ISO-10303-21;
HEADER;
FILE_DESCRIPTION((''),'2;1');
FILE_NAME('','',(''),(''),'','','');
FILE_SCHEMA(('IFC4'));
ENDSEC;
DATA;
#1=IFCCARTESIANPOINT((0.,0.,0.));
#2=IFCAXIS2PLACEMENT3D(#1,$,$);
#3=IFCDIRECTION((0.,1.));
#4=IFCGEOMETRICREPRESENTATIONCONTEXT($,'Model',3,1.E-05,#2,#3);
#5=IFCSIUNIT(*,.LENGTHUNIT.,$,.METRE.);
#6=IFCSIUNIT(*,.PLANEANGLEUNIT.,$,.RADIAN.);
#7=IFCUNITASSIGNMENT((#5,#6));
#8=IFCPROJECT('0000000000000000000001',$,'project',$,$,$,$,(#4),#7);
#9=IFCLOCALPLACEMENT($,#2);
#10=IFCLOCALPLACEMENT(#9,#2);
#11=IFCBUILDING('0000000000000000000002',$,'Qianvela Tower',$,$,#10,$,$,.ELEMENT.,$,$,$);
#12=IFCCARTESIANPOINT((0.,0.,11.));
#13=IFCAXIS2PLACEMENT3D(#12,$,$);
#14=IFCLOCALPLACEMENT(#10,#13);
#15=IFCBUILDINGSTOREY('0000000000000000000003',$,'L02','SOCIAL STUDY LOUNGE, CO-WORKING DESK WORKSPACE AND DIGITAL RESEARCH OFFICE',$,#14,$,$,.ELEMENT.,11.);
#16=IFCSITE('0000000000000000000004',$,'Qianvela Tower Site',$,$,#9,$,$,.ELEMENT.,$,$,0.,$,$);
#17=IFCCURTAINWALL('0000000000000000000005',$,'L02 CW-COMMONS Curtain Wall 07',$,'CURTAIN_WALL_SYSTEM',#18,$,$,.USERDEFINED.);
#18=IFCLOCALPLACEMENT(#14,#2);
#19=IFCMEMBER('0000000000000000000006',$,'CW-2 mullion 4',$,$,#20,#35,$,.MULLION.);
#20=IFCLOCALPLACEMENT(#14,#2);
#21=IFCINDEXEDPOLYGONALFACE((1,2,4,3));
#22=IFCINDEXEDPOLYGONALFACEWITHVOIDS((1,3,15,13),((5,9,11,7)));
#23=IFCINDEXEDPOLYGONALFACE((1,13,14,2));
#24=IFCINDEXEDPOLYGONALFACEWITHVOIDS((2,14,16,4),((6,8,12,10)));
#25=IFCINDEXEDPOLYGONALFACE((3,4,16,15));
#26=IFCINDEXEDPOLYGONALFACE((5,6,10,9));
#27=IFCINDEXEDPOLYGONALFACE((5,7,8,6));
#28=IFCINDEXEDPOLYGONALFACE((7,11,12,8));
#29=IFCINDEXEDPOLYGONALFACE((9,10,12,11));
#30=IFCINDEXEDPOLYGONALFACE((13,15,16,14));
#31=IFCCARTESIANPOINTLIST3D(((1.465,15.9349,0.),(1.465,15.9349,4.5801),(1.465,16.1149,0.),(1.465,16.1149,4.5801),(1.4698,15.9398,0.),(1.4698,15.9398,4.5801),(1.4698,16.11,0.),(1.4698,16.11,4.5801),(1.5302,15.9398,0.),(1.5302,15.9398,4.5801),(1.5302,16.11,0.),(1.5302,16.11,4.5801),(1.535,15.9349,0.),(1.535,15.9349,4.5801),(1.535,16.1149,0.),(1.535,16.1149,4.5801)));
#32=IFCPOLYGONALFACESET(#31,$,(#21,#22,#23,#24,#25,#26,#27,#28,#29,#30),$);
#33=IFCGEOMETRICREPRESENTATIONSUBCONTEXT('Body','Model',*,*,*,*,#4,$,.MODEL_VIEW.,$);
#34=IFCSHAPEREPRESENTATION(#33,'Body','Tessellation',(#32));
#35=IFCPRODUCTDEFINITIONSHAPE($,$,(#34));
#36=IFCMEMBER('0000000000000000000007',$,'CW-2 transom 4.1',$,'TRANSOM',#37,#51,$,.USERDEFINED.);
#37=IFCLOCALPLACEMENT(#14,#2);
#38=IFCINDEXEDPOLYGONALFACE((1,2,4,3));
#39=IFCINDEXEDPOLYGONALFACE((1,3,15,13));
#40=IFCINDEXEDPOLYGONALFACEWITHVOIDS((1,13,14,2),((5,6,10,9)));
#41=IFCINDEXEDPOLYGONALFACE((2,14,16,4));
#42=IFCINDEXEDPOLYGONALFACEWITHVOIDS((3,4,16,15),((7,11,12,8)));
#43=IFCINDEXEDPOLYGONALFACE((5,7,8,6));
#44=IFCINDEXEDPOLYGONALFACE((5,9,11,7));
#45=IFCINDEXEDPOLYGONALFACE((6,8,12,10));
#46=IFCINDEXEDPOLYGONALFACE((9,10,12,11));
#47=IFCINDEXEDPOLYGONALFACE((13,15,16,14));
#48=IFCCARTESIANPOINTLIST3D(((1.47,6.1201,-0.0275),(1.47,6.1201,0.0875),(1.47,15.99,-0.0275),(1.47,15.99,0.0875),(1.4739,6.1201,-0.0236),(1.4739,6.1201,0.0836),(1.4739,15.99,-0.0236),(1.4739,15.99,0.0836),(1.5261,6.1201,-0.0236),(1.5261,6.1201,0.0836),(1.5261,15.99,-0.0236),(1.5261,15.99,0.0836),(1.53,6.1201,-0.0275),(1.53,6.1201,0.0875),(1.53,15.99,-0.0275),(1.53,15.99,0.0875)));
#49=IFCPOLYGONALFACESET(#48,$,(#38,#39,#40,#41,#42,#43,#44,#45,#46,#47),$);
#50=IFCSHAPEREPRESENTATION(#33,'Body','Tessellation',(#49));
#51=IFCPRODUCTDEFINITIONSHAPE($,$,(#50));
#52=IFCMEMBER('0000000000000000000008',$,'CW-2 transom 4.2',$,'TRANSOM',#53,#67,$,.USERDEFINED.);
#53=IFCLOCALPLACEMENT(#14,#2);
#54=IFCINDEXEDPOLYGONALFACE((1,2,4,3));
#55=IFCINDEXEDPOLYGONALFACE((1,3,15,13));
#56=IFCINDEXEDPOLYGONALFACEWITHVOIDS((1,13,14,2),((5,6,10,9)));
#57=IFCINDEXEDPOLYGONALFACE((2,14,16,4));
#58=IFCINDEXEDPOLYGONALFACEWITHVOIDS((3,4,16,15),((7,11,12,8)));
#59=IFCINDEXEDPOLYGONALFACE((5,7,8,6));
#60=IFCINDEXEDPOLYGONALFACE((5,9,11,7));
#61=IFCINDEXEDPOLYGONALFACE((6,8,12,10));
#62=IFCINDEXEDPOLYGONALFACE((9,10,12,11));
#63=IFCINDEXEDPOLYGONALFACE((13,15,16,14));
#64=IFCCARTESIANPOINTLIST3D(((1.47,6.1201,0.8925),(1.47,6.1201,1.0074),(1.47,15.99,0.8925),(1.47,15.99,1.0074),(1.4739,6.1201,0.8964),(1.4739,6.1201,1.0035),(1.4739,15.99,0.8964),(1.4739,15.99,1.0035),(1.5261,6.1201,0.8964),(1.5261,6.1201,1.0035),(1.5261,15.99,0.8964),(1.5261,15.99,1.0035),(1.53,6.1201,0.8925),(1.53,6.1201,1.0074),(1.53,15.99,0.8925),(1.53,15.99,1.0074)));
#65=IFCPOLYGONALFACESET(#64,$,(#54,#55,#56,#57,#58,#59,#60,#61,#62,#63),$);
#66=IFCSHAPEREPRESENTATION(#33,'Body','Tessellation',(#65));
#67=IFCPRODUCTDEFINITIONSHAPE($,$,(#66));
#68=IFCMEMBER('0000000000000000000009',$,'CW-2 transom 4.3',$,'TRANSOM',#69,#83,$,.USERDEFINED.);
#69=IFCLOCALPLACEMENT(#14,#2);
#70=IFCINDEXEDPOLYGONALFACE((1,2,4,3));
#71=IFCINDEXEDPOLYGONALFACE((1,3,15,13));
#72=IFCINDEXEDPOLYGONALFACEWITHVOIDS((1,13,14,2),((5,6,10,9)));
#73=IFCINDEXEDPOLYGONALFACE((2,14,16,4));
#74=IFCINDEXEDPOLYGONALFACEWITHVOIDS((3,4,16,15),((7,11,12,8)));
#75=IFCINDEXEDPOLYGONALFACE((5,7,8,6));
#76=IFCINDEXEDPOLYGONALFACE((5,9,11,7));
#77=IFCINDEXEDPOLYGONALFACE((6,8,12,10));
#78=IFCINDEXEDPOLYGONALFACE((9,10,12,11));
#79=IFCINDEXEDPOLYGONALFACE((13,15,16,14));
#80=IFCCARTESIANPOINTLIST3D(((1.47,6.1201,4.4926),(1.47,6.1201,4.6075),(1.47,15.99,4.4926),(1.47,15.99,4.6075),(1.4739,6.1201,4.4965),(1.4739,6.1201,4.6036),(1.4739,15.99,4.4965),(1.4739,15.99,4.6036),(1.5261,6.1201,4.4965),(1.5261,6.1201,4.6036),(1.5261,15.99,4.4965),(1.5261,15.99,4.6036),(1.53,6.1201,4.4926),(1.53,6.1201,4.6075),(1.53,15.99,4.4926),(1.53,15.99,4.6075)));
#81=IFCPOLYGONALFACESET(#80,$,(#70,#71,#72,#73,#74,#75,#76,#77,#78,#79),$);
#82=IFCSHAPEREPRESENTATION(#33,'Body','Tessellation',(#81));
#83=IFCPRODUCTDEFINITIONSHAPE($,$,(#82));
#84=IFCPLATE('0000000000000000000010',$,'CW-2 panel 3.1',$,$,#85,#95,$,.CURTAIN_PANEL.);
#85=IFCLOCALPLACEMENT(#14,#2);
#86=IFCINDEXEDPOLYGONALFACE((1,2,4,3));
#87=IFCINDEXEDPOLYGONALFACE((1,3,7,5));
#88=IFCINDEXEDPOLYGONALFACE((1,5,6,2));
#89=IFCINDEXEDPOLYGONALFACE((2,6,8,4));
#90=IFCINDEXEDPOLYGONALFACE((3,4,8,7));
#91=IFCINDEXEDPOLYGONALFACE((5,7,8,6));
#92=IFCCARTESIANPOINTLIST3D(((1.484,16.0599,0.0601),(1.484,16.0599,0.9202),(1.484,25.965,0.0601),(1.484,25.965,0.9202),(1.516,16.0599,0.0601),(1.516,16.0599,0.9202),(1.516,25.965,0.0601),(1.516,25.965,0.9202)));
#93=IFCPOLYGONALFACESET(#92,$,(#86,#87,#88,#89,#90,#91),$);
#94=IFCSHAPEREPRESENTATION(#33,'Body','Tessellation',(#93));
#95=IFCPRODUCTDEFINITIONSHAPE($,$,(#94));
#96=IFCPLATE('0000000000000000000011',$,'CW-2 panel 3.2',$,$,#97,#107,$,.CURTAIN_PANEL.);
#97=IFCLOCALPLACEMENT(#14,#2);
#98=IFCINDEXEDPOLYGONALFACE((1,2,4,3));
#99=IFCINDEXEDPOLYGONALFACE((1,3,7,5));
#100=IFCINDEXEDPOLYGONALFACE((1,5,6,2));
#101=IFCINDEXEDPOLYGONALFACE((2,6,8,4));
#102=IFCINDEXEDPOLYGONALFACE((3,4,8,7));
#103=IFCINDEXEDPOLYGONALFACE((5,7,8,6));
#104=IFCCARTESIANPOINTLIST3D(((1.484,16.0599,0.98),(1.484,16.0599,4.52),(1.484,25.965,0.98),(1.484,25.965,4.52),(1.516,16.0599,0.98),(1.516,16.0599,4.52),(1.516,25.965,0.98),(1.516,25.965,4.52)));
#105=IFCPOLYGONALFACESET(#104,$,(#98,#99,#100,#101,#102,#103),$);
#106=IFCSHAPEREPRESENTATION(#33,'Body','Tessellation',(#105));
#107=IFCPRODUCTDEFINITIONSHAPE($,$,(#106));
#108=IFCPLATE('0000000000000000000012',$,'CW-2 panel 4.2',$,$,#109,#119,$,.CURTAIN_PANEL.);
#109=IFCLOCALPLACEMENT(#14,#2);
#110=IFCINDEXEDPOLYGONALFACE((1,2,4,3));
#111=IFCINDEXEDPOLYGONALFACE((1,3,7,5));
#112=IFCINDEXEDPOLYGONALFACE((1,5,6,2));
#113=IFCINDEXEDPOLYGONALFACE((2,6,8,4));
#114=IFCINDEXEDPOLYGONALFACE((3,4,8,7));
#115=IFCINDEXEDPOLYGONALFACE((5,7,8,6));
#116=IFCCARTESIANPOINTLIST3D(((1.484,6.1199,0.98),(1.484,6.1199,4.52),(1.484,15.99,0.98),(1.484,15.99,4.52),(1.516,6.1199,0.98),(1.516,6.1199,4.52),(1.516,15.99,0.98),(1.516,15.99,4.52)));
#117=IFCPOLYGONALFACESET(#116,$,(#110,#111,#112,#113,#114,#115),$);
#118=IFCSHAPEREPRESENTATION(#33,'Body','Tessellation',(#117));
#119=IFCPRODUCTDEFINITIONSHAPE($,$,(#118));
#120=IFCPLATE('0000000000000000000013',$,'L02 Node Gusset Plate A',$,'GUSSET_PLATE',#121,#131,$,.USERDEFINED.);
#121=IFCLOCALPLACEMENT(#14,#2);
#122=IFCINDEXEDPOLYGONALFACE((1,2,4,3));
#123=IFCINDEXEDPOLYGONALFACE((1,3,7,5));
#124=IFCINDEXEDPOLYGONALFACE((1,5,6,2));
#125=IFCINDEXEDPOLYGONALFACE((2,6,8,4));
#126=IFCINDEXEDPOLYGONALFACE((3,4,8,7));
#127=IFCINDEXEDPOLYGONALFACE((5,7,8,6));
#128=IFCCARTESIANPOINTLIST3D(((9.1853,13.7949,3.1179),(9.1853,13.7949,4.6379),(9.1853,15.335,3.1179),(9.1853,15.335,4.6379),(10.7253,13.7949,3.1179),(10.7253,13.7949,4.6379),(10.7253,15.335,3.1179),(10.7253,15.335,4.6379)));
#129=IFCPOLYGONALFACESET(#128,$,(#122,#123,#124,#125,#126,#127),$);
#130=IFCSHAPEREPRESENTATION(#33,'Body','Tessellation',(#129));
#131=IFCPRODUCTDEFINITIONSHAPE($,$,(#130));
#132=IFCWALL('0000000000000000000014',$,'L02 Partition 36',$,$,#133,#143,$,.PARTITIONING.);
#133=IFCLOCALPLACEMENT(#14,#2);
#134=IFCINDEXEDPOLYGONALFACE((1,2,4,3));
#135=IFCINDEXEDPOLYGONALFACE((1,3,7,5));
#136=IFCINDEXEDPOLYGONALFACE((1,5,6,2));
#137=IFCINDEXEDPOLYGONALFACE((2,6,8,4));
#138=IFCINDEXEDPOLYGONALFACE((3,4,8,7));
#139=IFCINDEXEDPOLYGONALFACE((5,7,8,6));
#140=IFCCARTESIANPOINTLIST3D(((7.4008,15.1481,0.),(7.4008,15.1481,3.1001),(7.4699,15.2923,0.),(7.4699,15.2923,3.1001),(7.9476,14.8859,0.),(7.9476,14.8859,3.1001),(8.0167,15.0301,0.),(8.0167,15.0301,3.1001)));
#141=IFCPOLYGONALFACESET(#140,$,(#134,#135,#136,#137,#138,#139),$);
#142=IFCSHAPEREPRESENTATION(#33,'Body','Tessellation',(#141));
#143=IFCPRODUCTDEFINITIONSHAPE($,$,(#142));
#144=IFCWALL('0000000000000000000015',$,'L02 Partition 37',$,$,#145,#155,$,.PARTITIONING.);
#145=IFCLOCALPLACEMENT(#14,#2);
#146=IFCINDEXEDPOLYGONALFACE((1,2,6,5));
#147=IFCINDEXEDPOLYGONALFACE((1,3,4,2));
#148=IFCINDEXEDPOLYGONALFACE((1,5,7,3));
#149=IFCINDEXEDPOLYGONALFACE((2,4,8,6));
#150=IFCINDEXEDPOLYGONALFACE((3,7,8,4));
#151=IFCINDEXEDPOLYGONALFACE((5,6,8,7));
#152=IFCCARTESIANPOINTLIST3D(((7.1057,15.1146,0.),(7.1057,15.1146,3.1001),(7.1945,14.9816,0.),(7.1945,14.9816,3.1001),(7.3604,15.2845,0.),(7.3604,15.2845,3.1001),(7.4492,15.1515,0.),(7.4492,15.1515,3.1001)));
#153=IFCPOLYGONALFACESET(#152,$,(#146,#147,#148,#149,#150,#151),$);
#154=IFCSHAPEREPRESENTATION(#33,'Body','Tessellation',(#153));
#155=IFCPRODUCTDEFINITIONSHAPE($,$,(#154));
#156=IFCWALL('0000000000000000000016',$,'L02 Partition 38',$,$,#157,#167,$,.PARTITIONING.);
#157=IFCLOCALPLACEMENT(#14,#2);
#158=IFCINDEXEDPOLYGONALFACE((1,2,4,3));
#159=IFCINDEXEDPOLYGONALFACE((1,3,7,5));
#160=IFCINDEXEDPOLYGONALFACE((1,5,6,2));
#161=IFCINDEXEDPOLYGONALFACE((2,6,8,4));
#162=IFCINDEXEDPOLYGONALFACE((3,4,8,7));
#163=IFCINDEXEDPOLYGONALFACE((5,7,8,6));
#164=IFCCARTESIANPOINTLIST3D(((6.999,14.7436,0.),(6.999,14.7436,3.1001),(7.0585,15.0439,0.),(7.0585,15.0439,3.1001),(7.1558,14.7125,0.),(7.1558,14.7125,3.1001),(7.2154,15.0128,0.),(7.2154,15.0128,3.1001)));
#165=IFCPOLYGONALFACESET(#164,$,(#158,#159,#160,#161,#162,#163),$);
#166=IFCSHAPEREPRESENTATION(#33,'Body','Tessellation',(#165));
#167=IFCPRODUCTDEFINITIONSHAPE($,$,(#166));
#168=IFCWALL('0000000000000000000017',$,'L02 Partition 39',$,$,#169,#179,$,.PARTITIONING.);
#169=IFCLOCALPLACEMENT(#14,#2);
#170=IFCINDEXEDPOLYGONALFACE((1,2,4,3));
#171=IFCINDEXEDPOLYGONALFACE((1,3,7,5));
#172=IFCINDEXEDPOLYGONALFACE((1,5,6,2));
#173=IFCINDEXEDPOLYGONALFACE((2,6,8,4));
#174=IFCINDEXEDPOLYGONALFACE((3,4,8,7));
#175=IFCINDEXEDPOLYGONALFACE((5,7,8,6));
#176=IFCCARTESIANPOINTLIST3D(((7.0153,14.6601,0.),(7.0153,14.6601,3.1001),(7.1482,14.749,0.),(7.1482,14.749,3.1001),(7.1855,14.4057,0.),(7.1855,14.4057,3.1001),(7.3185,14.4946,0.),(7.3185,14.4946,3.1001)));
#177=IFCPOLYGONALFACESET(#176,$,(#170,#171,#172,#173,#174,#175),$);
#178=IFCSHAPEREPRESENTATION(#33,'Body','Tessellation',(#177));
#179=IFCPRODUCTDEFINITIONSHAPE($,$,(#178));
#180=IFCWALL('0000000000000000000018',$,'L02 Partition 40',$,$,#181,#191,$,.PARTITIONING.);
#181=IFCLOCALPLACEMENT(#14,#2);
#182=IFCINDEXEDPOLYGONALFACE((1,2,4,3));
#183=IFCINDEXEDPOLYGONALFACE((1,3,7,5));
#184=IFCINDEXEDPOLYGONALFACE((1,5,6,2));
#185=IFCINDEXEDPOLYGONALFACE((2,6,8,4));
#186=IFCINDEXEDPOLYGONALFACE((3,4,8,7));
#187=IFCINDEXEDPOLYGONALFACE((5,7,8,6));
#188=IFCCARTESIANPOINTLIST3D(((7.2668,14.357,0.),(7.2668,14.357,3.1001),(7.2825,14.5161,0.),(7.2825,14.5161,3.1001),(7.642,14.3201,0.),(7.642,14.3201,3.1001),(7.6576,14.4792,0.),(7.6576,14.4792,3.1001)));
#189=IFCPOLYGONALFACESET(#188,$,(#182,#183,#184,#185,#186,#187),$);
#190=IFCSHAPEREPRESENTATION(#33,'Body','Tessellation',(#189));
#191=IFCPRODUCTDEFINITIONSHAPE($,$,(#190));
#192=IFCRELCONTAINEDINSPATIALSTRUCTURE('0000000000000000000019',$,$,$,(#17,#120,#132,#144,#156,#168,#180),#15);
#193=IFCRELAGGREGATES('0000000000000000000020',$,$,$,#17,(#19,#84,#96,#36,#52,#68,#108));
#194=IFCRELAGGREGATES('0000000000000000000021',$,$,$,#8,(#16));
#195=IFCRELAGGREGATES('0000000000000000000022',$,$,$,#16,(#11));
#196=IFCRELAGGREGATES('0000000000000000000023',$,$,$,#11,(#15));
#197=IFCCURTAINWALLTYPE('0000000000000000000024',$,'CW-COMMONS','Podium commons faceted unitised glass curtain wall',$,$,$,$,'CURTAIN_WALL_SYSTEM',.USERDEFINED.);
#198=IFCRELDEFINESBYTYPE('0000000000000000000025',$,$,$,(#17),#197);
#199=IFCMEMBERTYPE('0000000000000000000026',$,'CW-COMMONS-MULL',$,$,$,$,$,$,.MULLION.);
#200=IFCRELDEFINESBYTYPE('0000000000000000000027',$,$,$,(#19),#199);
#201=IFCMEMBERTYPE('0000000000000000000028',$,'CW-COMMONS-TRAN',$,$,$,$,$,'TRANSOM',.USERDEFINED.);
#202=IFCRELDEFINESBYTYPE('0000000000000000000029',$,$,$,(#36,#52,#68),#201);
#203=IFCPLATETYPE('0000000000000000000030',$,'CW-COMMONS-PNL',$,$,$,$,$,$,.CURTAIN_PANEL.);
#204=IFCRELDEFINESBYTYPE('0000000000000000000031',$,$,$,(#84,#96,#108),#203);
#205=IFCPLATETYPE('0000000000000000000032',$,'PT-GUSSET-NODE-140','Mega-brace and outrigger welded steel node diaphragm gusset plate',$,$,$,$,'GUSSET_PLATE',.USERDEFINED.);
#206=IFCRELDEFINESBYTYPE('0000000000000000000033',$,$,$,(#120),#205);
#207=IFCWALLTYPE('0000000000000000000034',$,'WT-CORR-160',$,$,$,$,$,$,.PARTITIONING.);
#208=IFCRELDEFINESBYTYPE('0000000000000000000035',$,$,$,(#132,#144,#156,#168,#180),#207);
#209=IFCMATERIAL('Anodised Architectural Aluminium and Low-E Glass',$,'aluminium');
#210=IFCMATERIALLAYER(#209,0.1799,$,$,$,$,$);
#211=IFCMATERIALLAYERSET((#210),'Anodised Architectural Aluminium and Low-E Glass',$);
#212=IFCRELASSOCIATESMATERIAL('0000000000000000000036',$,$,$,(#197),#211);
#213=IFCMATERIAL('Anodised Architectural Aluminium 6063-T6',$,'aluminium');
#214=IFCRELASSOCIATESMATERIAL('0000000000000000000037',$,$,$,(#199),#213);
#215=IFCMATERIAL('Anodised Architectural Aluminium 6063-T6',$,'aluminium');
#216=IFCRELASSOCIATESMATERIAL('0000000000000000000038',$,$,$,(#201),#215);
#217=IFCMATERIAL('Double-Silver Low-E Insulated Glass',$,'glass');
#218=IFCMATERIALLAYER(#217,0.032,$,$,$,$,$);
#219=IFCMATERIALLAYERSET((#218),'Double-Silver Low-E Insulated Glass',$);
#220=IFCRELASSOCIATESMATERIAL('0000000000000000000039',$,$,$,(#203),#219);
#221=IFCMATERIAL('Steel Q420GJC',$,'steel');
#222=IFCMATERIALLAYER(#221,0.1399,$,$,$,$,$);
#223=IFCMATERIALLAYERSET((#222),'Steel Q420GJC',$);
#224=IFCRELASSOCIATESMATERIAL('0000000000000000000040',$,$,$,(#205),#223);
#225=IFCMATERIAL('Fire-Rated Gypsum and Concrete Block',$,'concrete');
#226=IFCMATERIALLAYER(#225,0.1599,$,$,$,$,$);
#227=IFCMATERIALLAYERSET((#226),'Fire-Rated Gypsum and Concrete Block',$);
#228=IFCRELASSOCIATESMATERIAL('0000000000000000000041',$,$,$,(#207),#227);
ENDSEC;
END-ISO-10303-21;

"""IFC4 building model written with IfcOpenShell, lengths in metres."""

from ifc_helpers import new_model, si_unit, direction, frame, frame_2d, origin, origin_2d, place, context, subcontext, project, spatial, rectangle, hollow_rectangle, extrude, material, layer, layer_set, material_profile, profile_set, type_object, element, aggregate, save


model = new_model("IFC4")

# Units and contexts
model_context = context("Model", 3, precision=1e-05, world=origin(), true_north=direction((0.0, 1.0)))
body_context = subcontext(model_context, "Body", "Model", "MODEL_VIEW")
ifc_project = project(units=[si_unit("LENGTHUNIT", "METRE"), si_unit("PLANEANGLEUNIT", "RADIAN")], contexts=[model_context])

# Site, building, storey
site_placement = place(None, origin())
site = spatial("IfcSite", under=ifc_project, at=site_placement, Name="Qianvela Tower Site", CompositionType="ELEMENT", RefElevation=0.0)
building_placement = place(site_placement, origin())
building = spatial("IfcBuilding", under=site, at=building_placement, Name="Qianvela Tower", CompositionType="ELEMENT")
storey_placement = place(building_placement, frame((0.0, 0.0, 11.0)))
storey = spatial("IfcBuildingStorey", under=building, at=storey_placement, Name="L02", Description="SOCIAL STUDY LOUNGE, CO-WORKING DESK WORKSPACE AND DIGITAL RESEARCH OFFICE", CompositionType="ELEMENT", Elevation=11.0)

# Curtain wall, members, plates
ifc_material_1 = material(Name="Anodised Architectural Aluminium and Low-E Glass", Category="aluminium")
ifc_layer_1 = layer(ifc_material_1, 0.1799)
ifc_layer_set_1 = layer_set([ifc_layer_1], Name="Anodised Architectural Aluminium and Low-E Glass")
curtain_wall_type = type_object("IfcCurtainWallType", Name="CW-COMMONS", Description="Podium commons faceted unitised glass curtain wall", ElementType="CURTAIN_WALL_SYSTEM", PredefinedType="USERDEFINED", material=ifc_layer_set_1)
curtain_wall_placement = place(storey_placement, origin())
curtain_wall = element("IfcCurtainWall", 1, at=curtain_wall_placement, inside=storey, type_object=curtain_wall_type, Name="L02 CW-COMMONS Curtain Wall 07", ObjectType="CURTAIN_WALL_SYSTEM", PredefinedType="USERDEFINED")
ifc_material_2 = material(Name="Anodised Architectural Aluminium 6063-T6", Category="aluminium")
ifc_material_profile_1 = material_profile(ifc_material_2, hollow_rectangle(XDim=0.0701, YDim=0.1799, WallThickness=0.0049, at=origin_2d()), Name="ALU-MULL-70x180")
ifc_profile_set_1 = profile_set([ifc_material_profile_1], Name="Anodised Architectural Aluminium 6063-T6")
member_type_1 = type_object("IfcMemberType", Name="CW-COMMONS-MULL", PredefinedType="MULLION", material=ifc_profile_set_1)
member_1_placement = place(storey_placement, frame((1.5, 16.0249, 0.0), z_axis=(0.0, 0.0, 1.0), x_axis=(1.0, 0.0, 0.0)))
member_1 = element("IfcMember", 2, at=member_1_placement, type_object=member_type_1, Name="CW-2 mullion 4", PredefinedType="MULLION", context=body_context, shape_type="SweptSolid", body=[
    extrude(hollow_rectangle(XDim=0.0701, YDim=0.1799, WallThickness=0.0049, at=origin_2d()), origin(), (0.0, 0.0, 1.0), 4.5801),
])
ifc_material_3 = material(Name="Anodised Architectural Aluminium 6063-T6", Category="aluminium")
ifc_material_profile_2 = material_profile(ifc_material_3, hollow_rectangle(XDim=0.0601, YDim=0.115, WallThickness=0.0039, at=origin_2d()), Name="ALU-TRAN-60x115")
ifc_profile_set_2 = profile_set([ifc_material_profile_2], Name="Anodised Architectural Aluminium 6063-T6")
member_type_2 = type_object("IfcMemberType", Name="CW-COMMONS-TRAN", ElementType="TRANSOM", PredefinedType="USERDEFINED", material=ifc_profile_set_2)
member_2_placement = place(storey_placement, frame((1.5, 15.99, 0.03), z_axis=(0.0, -1.0, 0.0), x_axis=(1.0, 0.0, 0.0)))
member_2 = element("IfcMember", 3, at=member_2_placement, type_object=member_type_2, Name="CW-2 transom 4.1", ObjectType="TRANSOM", PredefinedType="USERDEFINED", context=body_context, shape_type="SweptSolid", body=[
    extrude(hollow_rectangle(XDim=0.0601, YDim=0.115, WallThickness=0.0039, at=origin_2d()), origin(), (0.0, 0.0, 1.0), 9.8699),
])
member_3_placement = place(storey_placement, frame((1.5, 15.99, 0.95), z_axis=(0.0, -1.0, 0.0), x_axis=(1.0, 0.0, 0.0)))
member_3 = element("IfcMember", 4, at=member_3_placement, type_object=member_type_2, Name="CW-2 transom 4.2", ObjectType="TRANSOM", PredefinedType="USERDEFINED", context=body_context, shape_type="SweptSolid", body=[
    extrude(hollow_rectangle(XDim=0.0601, YDim=0.115, WallThickness=0.0039, at=origin_2d()), origin(), (0.0, 0.0, 1.0), 9.8699),
])
member_4_placement = place(storey_placement, frame((1.5, 15.99, 4.55), z_axis=(0.0, -1.0, 0.0), x_axis=(1.0, 0.0, 0.0)))
member_4 = element("IfcMember", 5, at=member_4_placement, type_object=member_type_2, Name="CW-2 transom 4.3", ObjectType="TRANSOM", PredefinedType="USERDEFINED", context=body_context, shape_type="SweptSolid", body=[
    extrude(hollow_rectangle(XDim=0.0601, YDim=0.115, WallThickness=0.0039, at=origin_2d()), origin(), (0.0, 0.0, 1.0), 9.8699),
])
ifc_material_4 = material(Name="Double-Silver Low-E Insulated Glass", Category="glass")
ifc_layer_2 = layer(ifc_material_4, 0.032)
ifc_layer_set_2 = layer_set([ifc_layer_2], Name="Double-Silver Low-E Insulated Glass")
plate_type_1 = type_object("IfcPlateType", Name="CW-COMMONS-PNL", PredefinedType="CURTAIN_PANEL", material=ifc_layer_set_2)
plate_1_placement = place(storey_placement, frame((1.5, 21.0125, 0.0601), z_axis=(0.0, 0.0, 1.0), x_axis=(0.0, -1.0, 0.0)))
plate_1 = element("IfcPlate", 6, at=plate_1_placement, type_object=plate_type_1, Name="CW-2 panel 3.1", PredefinedType="CURTAIN_PANEL", context=body_context, shape_type="SweptSolid", body=[
    extrude(rectangle(XDim=9.905, YDim=0.032, at=origin_2d()), origin(), (0.0, 0.0, 1.0), 0.8601),
])
plate_2_placement = place(storey_placement, frame((1.5, 21.0125, 0.98), z_axis=(0.0, 0.0, 1.0), x_axis=(0.0, -1.0, 0.0)))
plate_2 = element("IfcPlate", 7, at=plate_2_placement, type_object=plate_type_1, Name="CW-2 panel 3.2", PredefinedType="CURTAIN_PANEL", context=body_context, shape_type="SweptSolid", body=[
    extrude(rectangle(XDim=9.905, YDim=0.032, at=origin_2d()), origin(), (0.0, 0.0, 1.0), 3.54),
])
plate_3_placement = place(storey_placement, frame((1.5, 11.0549, 0.98), z_axis=(0.0, 0.0, 1.0), x_axis=(0.0, -1.0, 0.0)))
plate_3 = element("IfcPlate", 8, at=plate_3_placement, type_object=plate_type_1, Name="CW-2 panel 4.2", PredefinedType="CURTAIN_PANEL", context=body_context, shape_type="SweptSolid", body=[
    extrude(rectangle(XDim=9.8701, YDim=0.032, at=origin_2d()), origin(), (0.0, 0.0, 1.0), 3.54),
])
aggregate(curtain_wall, [member_1, plate_1, plate_2, member_2, member_3, member_4, plate_3])

# Plate
ifc_material_5 = material(Name="Steel Q420GJC", Category="steel")
ifc_layer_3 = layer(ifc_material_5, 0.1399)
ifc_layer_set_3 = layer_set([ifc_layer_3], Name="Steel Q420GJC")
plate_type_2 = type_object("IfcPlateType", Name="PT-GUSSET-NODE-140", Description="Mega-brace and outrigger welded steel node diaphragm gusset plate", ElementType="GUSSET_PLATE", PredefinedType="USERDEFINED", material=ifc_layer_set_3)
plate_4_placement = place(storey_placement, frame((9.9553, 14.5649, 3.1179), z_axis=(0.0, 0.0, 1.0), x_axis=(1.0, 0.0, 0.0)))
element("IfcPlate", 9, at=plate_4_placement, inside=storey, type_object=plate_type_2, Name="L02 Node Gusset Plate A", ObjectType="GUSSET_PLATE", PredefinedType="USERDEFINED", context=body_context, shape_type="SweptSolid", body=[
    extrude(rectangle(XDim=1.54, YDim=1.54, at=origin_2d()), origin(), (0.0, 0.0, 1.0), 1.52),
])

# Walls
ifc_material_6 = material(Name="Fire-Rated Gypsum and Concrete Block", Category="concrete")
ifc_layer_4 = layer(ifc_material_6, 0.1599)
ifc_layer_set_4 = layer_set([ifc_layer_4], Name="Fire-Rated Gypsum and Concrete Block")
wall_type_1 = type_object("IfcWallType", Name="WT-CORR-160", PredefinedType="PARTITIONING", material=ifc_layer_set_4)
wall_1_placement = place(storey_placement, frame((7.9822, 14.958, 0.0), z_axis=(0.0, 0.0, 1.0), x_axis=(-0.901711, 0.432338, 0.0)))
element("IfcWall", 10, at=wall_1_placement, inside=storey, type_object=wall_type_1, Name="L02 Partition 36", PredefinedType="PARTITIONING", context=body_context, shape_type="SweptSolid", body=[
    extrude(rectangle(XDim=0.6064, YDim=0.1599, at=frame_2d((0.3032, 0.0))), origin(), (0.0, 0.0, 1.0), 3.1001),
])
for number, where, z_axis, x_axis, name in (
    (11, (7.4048, 15.218, 0.0), (0.0, 0.0, 1.0), (-0.831805, -0.555068, 0.0), "L02 Partition 37"),
    (12, (7.137, 15.0283, 0.0), (0.0, 0.0, 1.0), (-0.194582, -0.980886, 0.0), "L02 Partition 38"),
    (13, (7.0818, 14.7046, 0.0), (0.0, 0.0, 1.0), (0.555988, -0.83119, 0.0), "L02 Partition 39"),
):
    element("IfcWall", number, at=place(storey_placement, frame(where, z_axis=z_axis, x_axis=x_axis)), inside=storey, type_object=wall_type_1, Name=name, PredefinedType="PARTITIONING", context=body_context, shape_type="SweptSolid", body=[
        extrude(rectangle(XDim=0.3062, YDim=0.1599, at=frame_2d((0.1531, 0.0))), origin(), (0.0, 0.0, 1.0), 3.1001),
    ])
wall_2_placement = place(storey_placement, frame((7.2747, 14.4365, 0.0), z_axis=(0.0, 0.0, 1.0), x_axis=(0.995209, -0.097773, 0.0)))
element("IfcWall", 14, at=wall_2_placement, inside=storey, type_object=wall_type_1, Name="L02 Partition 40", PredefinedType="PARTITIONING", context=body_context, shape_type="SweptSolid", body=[
    extrude(rectangle(XDim=0.377, YDim=0.1599, at=frame_2d((0.1885, 0.0))), origin(), (0.0, 0.0, 1.0), 3.1001),
])

save(model, "model.ifc")
